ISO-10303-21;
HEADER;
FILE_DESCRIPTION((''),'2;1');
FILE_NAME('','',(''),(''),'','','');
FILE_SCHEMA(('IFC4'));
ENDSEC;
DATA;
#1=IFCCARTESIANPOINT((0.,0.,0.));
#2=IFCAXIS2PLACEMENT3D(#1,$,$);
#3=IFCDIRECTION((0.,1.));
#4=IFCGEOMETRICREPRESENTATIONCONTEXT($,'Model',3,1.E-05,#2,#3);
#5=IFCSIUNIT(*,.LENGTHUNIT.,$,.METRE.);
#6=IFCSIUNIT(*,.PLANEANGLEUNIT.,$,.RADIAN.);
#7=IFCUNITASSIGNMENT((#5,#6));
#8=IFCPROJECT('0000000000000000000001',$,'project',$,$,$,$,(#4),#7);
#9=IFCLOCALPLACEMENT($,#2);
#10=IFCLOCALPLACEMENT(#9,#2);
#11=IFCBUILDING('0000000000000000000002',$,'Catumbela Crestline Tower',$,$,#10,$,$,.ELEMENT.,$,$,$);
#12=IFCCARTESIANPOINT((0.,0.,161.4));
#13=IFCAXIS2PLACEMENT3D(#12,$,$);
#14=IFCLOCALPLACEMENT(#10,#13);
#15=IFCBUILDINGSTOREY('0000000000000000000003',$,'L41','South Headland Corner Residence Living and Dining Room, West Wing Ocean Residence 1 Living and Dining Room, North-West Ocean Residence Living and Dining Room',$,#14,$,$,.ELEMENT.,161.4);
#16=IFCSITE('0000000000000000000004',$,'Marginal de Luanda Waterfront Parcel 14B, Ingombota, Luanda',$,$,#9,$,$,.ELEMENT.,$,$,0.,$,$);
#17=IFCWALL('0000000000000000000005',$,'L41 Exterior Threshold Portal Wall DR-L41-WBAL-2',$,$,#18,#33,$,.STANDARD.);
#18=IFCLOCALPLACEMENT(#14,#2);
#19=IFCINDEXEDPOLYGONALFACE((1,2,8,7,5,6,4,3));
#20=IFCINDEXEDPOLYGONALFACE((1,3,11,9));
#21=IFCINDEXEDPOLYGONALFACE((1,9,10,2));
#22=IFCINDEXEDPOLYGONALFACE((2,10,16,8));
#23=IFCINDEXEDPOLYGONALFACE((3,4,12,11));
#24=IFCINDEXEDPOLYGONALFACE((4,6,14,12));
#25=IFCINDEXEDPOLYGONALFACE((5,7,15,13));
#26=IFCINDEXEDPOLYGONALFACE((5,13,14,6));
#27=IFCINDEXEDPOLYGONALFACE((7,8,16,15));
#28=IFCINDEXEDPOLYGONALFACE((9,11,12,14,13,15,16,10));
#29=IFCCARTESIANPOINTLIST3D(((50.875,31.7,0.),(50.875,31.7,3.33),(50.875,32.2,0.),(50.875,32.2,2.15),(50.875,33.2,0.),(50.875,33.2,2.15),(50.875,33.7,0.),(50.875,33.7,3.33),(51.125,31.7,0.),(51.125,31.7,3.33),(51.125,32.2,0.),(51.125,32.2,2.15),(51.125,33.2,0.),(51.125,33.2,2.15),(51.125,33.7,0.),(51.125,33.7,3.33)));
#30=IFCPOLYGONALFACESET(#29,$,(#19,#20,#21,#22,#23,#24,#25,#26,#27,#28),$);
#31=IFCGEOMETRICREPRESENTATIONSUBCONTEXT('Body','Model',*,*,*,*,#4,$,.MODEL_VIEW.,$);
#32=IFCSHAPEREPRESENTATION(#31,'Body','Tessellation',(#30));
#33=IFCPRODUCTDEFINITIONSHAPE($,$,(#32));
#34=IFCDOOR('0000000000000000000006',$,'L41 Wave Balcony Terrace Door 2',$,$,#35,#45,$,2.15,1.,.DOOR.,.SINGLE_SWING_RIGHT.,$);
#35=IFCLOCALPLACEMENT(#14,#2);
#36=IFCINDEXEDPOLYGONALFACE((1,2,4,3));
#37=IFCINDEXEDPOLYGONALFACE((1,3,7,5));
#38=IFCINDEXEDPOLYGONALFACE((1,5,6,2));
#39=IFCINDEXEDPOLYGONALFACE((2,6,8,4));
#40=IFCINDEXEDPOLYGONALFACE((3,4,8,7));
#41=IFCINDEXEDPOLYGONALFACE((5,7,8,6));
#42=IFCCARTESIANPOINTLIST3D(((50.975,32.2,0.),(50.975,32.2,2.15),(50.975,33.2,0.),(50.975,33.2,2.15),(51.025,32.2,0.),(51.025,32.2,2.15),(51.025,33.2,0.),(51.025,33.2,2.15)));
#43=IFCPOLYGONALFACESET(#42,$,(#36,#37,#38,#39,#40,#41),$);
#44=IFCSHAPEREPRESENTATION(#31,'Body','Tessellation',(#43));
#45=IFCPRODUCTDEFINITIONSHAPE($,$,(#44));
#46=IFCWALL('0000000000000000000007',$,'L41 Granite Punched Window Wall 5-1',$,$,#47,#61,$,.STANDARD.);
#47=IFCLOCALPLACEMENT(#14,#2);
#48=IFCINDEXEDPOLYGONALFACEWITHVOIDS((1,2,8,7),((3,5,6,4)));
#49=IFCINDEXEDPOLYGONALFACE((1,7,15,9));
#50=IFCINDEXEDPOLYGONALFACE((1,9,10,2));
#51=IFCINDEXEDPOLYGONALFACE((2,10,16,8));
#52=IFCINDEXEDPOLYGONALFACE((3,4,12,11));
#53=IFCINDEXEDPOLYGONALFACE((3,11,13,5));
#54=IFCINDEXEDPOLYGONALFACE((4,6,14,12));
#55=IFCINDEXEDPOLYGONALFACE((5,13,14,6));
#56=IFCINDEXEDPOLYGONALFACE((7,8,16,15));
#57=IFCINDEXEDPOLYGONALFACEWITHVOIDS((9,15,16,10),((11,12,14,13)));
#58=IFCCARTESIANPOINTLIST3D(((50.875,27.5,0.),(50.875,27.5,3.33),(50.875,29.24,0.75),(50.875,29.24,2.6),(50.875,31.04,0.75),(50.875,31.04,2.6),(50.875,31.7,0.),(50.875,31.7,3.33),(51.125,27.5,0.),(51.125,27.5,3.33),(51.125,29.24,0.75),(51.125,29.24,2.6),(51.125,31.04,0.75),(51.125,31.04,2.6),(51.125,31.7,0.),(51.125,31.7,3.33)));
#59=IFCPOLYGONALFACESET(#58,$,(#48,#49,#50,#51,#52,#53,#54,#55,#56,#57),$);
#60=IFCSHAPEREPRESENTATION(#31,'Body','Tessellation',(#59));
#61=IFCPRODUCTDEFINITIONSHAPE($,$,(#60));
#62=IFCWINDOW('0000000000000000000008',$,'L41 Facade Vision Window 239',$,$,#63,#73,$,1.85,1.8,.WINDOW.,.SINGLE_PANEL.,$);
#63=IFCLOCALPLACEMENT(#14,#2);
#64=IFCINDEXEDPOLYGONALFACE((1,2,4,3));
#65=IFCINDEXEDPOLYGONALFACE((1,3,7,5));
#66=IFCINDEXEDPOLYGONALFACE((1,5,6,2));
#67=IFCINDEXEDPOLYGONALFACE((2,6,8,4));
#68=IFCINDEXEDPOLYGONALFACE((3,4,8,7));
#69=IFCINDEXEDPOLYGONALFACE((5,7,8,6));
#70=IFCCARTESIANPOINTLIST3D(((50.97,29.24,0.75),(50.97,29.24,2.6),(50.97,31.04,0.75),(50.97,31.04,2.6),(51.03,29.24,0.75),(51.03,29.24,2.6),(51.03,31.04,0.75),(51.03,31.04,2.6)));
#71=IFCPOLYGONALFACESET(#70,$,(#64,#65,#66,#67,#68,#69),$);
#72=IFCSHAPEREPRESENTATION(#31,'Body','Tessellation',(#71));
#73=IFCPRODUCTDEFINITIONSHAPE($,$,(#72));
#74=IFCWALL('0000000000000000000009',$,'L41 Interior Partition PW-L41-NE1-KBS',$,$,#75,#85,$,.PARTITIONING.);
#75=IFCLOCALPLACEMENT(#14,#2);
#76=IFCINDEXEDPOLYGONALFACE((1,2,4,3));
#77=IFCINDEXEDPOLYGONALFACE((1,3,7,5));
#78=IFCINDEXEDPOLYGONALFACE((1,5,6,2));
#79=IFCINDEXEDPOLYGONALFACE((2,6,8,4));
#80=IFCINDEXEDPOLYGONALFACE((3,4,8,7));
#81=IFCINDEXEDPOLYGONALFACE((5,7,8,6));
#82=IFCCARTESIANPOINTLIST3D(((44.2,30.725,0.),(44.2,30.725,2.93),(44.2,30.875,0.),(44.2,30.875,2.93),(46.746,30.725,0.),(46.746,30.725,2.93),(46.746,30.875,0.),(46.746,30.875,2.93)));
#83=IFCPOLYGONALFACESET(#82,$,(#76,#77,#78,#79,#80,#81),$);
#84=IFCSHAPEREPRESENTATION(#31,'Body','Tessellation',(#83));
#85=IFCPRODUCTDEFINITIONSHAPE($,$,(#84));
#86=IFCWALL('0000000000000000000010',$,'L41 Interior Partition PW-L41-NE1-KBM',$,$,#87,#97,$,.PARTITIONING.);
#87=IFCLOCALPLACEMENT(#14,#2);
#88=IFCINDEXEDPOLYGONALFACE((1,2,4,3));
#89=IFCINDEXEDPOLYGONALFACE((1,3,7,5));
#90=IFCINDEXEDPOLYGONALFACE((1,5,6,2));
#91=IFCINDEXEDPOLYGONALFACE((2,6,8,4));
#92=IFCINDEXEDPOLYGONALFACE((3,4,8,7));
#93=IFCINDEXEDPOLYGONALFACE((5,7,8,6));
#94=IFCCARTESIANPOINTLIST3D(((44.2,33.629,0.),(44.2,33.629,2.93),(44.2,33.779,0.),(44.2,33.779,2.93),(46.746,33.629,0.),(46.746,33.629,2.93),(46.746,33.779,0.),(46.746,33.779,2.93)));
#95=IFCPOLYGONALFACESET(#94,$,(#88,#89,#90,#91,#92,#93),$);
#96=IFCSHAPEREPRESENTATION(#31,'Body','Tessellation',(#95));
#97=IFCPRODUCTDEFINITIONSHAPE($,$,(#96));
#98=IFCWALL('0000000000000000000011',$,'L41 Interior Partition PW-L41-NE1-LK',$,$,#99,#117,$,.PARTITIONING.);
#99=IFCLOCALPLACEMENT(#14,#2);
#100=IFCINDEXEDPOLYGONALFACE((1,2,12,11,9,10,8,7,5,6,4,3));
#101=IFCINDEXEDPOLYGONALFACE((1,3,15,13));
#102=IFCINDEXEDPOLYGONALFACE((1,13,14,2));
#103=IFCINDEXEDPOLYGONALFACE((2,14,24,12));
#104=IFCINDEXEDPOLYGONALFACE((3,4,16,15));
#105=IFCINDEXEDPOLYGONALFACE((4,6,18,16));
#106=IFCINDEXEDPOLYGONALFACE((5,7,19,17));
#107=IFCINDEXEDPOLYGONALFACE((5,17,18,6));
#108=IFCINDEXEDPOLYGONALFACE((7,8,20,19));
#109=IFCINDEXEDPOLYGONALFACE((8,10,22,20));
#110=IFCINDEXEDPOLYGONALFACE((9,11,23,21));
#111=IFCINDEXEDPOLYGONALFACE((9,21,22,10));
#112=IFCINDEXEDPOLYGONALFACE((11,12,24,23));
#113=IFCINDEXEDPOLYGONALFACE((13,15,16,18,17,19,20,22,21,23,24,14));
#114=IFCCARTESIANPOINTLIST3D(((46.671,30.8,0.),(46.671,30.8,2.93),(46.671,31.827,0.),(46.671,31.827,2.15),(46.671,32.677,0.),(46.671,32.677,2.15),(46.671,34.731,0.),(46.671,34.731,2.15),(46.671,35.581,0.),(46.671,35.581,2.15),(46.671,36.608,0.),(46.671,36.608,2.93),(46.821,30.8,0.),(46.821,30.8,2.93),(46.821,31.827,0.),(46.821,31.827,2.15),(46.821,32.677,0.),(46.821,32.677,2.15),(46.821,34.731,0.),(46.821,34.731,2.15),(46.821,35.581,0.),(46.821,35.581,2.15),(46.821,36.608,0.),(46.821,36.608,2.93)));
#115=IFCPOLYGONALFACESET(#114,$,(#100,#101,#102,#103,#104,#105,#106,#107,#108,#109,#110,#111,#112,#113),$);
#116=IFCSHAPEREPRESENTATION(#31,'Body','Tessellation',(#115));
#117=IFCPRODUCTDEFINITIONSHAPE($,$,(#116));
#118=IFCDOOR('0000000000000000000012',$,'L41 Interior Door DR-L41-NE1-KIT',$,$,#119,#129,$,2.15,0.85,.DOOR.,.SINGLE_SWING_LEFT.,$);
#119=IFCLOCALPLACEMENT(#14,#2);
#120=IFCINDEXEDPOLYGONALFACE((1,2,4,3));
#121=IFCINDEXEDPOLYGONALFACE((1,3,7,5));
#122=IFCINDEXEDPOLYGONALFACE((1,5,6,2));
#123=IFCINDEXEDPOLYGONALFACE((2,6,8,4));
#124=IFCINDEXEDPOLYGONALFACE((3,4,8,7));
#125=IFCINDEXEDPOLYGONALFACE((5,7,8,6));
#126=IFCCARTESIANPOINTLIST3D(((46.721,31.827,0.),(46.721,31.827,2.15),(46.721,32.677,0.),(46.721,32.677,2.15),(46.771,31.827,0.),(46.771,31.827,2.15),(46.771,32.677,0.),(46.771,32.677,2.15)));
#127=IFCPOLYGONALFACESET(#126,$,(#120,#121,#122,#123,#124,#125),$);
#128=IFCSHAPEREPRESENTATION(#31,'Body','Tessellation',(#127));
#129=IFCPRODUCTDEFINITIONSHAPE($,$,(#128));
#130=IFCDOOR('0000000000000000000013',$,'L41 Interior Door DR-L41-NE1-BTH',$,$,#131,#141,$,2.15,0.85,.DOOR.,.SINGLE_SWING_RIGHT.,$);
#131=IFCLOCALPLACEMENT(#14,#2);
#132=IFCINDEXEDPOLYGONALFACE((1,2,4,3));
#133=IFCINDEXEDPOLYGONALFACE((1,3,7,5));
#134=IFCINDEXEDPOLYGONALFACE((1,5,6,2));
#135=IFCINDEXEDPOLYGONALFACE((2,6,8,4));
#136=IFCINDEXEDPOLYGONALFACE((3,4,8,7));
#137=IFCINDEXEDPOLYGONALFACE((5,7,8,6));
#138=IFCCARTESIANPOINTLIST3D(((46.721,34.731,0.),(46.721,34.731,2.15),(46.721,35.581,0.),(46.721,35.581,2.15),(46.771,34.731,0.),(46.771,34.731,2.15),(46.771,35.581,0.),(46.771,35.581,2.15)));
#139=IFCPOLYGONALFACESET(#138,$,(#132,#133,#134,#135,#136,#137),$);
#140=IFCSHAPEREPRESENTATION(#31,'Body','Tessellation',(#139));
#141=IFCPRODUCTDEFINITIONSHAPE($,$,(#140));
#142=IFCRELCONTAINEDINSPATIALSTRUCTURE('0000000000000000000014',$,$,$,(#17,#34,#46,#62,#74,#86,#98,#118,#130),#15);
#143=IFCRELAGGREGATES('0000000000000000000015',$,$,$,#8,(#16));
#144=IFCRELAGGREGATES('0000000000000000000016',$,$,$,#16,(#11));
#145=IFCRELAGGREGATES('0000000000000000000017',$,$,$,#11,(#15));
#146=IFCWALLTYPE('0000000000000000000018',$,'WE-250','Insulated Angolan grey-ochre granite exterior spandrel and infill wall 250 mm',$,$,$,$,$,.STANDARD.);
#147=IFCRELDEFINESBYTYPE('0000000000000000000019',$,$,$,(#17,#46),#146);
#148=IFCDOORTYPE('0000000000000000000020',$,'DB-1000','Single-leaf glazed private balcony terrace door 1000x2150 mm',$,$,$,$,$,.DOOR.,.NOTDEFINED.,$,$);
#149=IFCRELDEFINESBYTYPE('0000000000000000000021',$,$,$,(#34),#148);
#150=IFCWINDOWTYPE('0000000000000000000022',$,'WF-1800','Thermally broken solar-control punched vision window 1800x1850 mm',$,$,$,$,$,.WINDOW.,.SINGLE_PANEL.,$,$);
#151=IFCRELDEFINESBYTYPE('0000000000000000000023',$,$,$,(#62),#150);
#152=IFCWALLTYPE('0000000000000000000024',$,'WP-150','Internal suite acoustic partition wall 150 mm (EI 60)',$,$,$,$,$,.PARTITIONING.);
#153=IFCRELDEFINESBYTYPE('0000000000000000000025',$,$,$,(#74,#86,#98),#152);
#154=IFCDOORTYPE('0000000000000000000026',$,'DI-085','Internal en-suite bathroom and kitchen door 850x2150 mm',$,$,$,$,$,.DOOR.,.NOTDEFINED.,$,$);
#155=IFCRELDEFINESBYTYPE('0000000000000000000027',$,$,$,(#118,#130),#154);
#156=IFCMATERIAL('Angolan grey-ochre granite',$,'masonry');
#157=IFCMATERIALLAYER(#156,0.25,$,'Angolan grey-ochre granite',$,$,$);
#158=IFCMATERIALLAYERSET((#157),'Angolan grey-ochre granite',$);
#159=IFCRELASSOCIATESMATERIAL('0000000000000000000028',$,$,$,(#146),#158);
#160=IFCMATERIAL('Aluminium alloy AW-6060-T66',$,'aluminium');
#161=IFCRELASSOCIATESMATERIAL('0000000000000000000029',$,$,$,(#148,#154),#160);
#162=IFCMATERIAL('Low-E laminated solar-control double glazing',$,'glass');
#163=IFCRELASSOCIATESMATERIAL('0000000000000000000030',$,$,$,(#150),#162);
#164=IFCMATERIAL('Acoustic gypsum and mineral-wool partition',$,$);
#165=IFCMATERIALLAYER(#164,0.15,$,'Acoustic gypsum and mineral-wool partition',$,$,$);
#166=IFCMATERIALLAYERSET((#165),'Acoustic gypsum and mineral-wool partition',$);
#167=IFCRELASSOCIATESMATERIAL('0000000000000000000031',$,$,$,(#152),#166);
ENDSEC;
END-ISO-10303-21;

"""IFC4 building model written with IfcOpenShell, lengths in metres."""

from ifc_helpers import new_model, si_unit, direction, frame, frame_2d, origin, place, context, subcontext, project, spatial, rectangle, extrude, material, layer, layer_set, type_object, element, fill, save


model = new_model("IFC4")

# Units and contexts
model_context = context("Model", 3, precision=1e-05, world=origin(), true_north=direction((0.0, 1.0)))
body_context = subcontext(model_context, "Body", "Model", "MODEL_VIEW")
ifc_project = project(units=[si_unit("LENGTHUNIT", "METRE"), si_unit("PLANEANGLEUNIT", "RADIAN")], contexts=[model_context])

# Site, building, storey
site_placement = place(None, origin())
site = spatial("IfcSite", under=ifc_project, at=site_placement, Name="Marginal de Luanda Waterfront Parcel 14B, Ingombota, Luanda", CompositionType="ELEMENT", RefElevation=0.0)
building_placement = place(site_placement, origin())
building = spatial("IfcBuilding", under=site, at=building_placement, Name="Catumbela Crestline Tower", CompositionType="ELEMENT")
storey_placement = place(building_placement, frame((0.0, 0.0, 161.4)))
storey = spatial("IfcBuildingStorey", under=building, at=storey_placement, Name="L41", Description="South Headland Corner Residence Living and Dining Room, West Wing Ocean Residence 1 Living and Dining Room, North-West Ocean Residence Living and Dining Room", CompositionType="ELEMENT", Elevation=161.4)

# Shared definitions
ifc_material_1 = material(Name="Aluminium alloy AW-6060-T66", Category="aluminium")

# Shared definitions
ifc_material_2 = material(Name="Low-E laminated solar-control double glazing", Category="glass")

# Wall, opening, door
ifc_material_3 = material(Name="Acoustic gypsum and mineral-wool partition")
ifc_material_4 = material(Name="Angolan grey-ochre granite", Category="masonry")
ifc_layer_1 = layer(ifc_material_4, 0.25, Name="Angolan grey-ochre granite")
ifc_layer_set_1 = layer_set([ifc_layer_1], Name="Angolan grey-ochre granite")
wall_type_1 = type_object("IfcWallType", Name="WE-250", Description="Insulated Angolan grey-ochre granite exterior spandrel and infill wall 250 mm", PredefinedType="STANDARD", material=ifc_layer_set_1)
wall_1_placement = place(storey_placement, frame((51.0, 31.7, 0.0), z_axis=(0.0, 0.0, 1.0), x_axis=(0.0, 1.0, 0.0)))
wall_1 = element("IfcWall", 1, at=wall_1_placement, inside=storey, type_object=wall_type_1, Name="L41 Exterior Threshold Portal Wall DR-L41-WBAL-2", PredefinedType="STANDARD", context=body_context, shape_type="SweptSolid", body=[
    extrude(rectangle(XDim=2.0, YDim=0.25, at=frame_2d((1.0, 0.0))), origin(), (0.0, 0.0, 1.0), 3.33),
])
opening_1_placement = place(wall_1_placement, frame((0.5, 0.0, 0.0)))
opening_1 = element("IfcOpeningElement", 2, at=opening_1_placement, cuts=wall_1, PredefinedType="OPENING", context=body_context, shape_type="SweptSolid", body=[
    extrude(rectangle(XDim=1.0, YDim=2.15, at=frame_2d((0.5, 1.075))), frame((0.0, 0.135, 0.0), z_axis=(0.0, -1.0, 0.0), x_axis=(1.0, 0.0, 0.0)), (0.0, 0.0, 1.0), 0.27),
])
door_type_1 = type_object("IfcDoorType", Name="DB-1000", Description="Single-leaf glazed private balcony terrace door 1000x2150 mm", OperationType="NOTDEFINED", PredefinedType="DOOR", material=ifc_material_1)
door_1_placement = place(opening_1_placement, origin())
door_1 = element("IfcDoor", 3, at=door_1_placement, inside=storey, type_object=door_type_1, Name="L41 Wave Balcony Terrace Door 2", OperationType="SINGLE_SWING_RIGHT", OverallHeight=2.15, OverallWidth=1.0, PredefinedType="DOOR", context=body_context, shape_type="SweptSolid", body=[
    extrude(rectangle(XDim=1.0, YDim=2.15, at=frame_2d((0.5, 1.075))), frame((0.0, 0.025, 0.0), z_axis=(0.0, -1.0, 0.0), x_axis=(1.0, 0.0, 0.0)), (0.0, 0.0, 1.0), 0.05),
])
fill(opening_1, door_1)

# Wall, opening, window
wall_2_placement = place(storey_placement, frame((51.0, 27.5, 0.0), z_axis=(0.0, 0.0, 1.0), x_axis=(0.0, 1.0, 0.0)))
wall_2 = element("IfcWall", 4, at=wall_2_placement, inside=storey, type_object=wall_type_1, Name="L41 Granite Punched Window Wall 5-1", PredefinedType="STANDARD", context=body_context, shape_type="SweptSolid", body=[
    extrude(rectangle(XDim=4.2, YDim=0.25, at=frame_2d((2.1, 0.0))), origin(), (0.0, 0.0, 1.0), 3.33),
])
opening_2_placement = place(wall_2_placement, frame((1.74, 0.0, 0.75)))
opening_2 = element("IfcOpeningElement", 5, at=opening_2_placement, cuts=wall_2, PredefinedType="OPENING", context=body_context, shape_type="SweptSolid", body=[
    extrude(rectangle(XDim=1.8, YDim=1.85, at=frame_2d((0.9, 0.925))), frame((0.0, 0.135, 0.0), z_axis=(0.0, -1.0, 0.0), x_axis=(1.0, 0.0, 0.0)), (0.0, 0.0, 1.0), 0.27),
])
window_type = type_object("IfcWindowType", Name="WF-1800", Description="Thermally broken solar-control punched vision window 1800x1850 mm", PartitioningType="SINGLE_PANEL", PredefinedType="WINDOW", material=ifc_material_2)
window_placement = place(opening_2_placement, origin())
window = element("IfcWindow", 6, at=window_placement, inside=storey, type_object=window_type, Name="L41 Facade Vision Window 239", OverallHeight=1.85, OverallWidth=1.8, PartitioningType="SINGLE_PANEL", PredefinedType="WINDOW", context=body_context, shape_type="SweptSolid", body=[
    extrude(rectangle(XDim=1.8, YDim=1.85, at=frame_2d((0.9, 0.925))), frame((0.0, 0.03, 0.0), z_axis=(0.0, -1.0, 0.0), x_axis=(1.0, 0.0, 0.0)), (0.0, 0.0, 1.0), 0.06),
])
fill(opening_2, window)

# Walls
ifc_layer_2 = layer(ifc_material_3, 0.15, Name="Acoustic gypsum and mineral-wool partition")
ifc_layer_set_2 = layer_set([ifc_layer_2], Name="Acoustic gypsum and mineral-wool partition")
wall_type_2 = type_object("IfcWallType", Name="WP-150", Description="Internal suite acoustic partition wall 150 mm (EI 60)", PredefinedType="PARTITIONING", material=ifc_layer_set_2)
for number, where, z_axis, x_axis, name in (
    (7, (44.2, 30.8, 0.0), (0.0, 0.0, 1.0), (1.0, 0.0, 0.0), "L41 Interior Partition PW-L41-NE1-KBS"),
    (8, (44.2, 33.704, 0.0), (0.0, 0.0, 1.0), (1.0, 0.0, 0.0), "L41 Interior Partition PW-L41-NE1-KBM"),
):
    element("IfcWall", number, at=place(storey_placement, frame(where, z_axis=z_axis, x_axis=x_axis)), inside=storey, type_object=wall_type_2, Name=name, PredefinedType="PARTITIONING", context=body_context, shape_type="SweptSolid", body=[
        extrude(rectangle(XDim=2.546, YDim=0.15, at=frame_2d((1.273, 0.0))), origin(), (0.0, 0.0, 1.0), 2.93),
    ])

# Wall, openings, doors
wall_3_placement = place(storey_placement, frame((46.746, 30.8, 0.0), z_axis=(0.0, 0.0, 1.0), x_axis=(0.0, 1.0, 0.0)))
wall_3 = element("IfcWall", 9, at=wall_3_placement, inside=storey, type_object=wall_type_2, Name="L41 Interior Partition PW-L41-NE1-LK", PredefinedType="PARTITIONING", context=body_context, shape_type="SweptSolid", body=[
    extrude(rectangle(XDim=5.808, YDim=0.15, at=frame_2d((2.904, 0.0))), origin(), (0.0, 0.0, 1.0), 2.93),
])
opening_3_placement = place(wall_3_placement, frame((1.027, 0.0, 0.0)))
opening_3 = element("IfcOpeningElement", 10, at=opening_3_placement, cuts=wall_3, PredefinedType="OPENING", context=body_context, shape_type="SweptSolid", body=[
    extrude(rectangle(XDim=0.85, YDim=2.15, at=frame_2d((0.425, 1.075))), frame((0.0, 0.085, 0.0), z_axis=(0.0, -1.0, 0.0), x_axis=(1.0, 0.0, 0.0)), (0.0, 0.0, 1.0), 0.17),
])
opening_4_placement = place(wall_3_placement, frame((3.931, 0.0, 0.0)))
opening_4 = element("IfcOpeningElement", 11, at=opening_4_placement, cuts=wall_3, PredefinedType="OPENING", context=body_context, shape_type="SweptSolid", body=[
    extrude(rectangle(XDim=0.85, YDim=2.15, at=frame_2d((0.425, 1.075))), frame((0.0, 0.085, 0.0), z_axis=(0.0, -1.0, 0.0), x_axis=(1.0, 0.0, 0.0)), (0.0, 0.0, 1.0), 0.17),
])
door_type_2 = type_object("IfcDoorType", Name="DI-085", Description="Internal en-suite bathroom and kitchen door 850x2150 mm", OperationType="NOTDEFINED", PredefinedType="DOOR", material=ifc_material_1)
door_2_placement = place(opening_3_placement, origin())
door_2 = element("IfcDoor", 12, at=door_2_placement, inside=storey, type_object=door_type_2, Name="L41 Interior Door DR-L41-NE1-KIT", OperationType="SINGLE_SWING_LEFT", OverallHeight=2.15, OverallWidth=0.85, PredefinedType="DOOR", context=body_context, shape_type="SweptSolid", body=[
    extrude(rectangle(XDim=0.85, YDim=2.15, at=frame_2d((0.425, 1.075))), frame((0.0, 0.025, 0.0), z_axis=(0.0, -1.0, 0.0), x_axis=(1.0, 0.0, 0.0)), (0.0, 0.0, 1.0), 0.05),
])
fill(opening_3, door_2)
door_3_placement = place(opening_4_placement, origin())
door_3 = element("IfcDoor", 13, at=door_3_placement, inside=storey, type_object=door_type_2, Name="L41 Interior Door DR-L41-NE1-BTH", OperationType="SINGLE_SWING_RIGHT", OverallHeight=2.15, OverallWidth=0.85, PredefinedType="DOOR", context=body_context, shape_type="SweptSolid", body=[
    extrude(rectangle(XDim=0.85, YDim=2.15, at=frame_2d((0.425, 1.075))), frame((0.0, 0.025, 0.0), z_axis=(0.0, -1.0, 0.0), x_axis=(1.0, 0.0, 0.0)), (0.0, 0.0, 1.0), 0.05),
])
fill(opening_4, door_3)

save(model, "model.ifc")
